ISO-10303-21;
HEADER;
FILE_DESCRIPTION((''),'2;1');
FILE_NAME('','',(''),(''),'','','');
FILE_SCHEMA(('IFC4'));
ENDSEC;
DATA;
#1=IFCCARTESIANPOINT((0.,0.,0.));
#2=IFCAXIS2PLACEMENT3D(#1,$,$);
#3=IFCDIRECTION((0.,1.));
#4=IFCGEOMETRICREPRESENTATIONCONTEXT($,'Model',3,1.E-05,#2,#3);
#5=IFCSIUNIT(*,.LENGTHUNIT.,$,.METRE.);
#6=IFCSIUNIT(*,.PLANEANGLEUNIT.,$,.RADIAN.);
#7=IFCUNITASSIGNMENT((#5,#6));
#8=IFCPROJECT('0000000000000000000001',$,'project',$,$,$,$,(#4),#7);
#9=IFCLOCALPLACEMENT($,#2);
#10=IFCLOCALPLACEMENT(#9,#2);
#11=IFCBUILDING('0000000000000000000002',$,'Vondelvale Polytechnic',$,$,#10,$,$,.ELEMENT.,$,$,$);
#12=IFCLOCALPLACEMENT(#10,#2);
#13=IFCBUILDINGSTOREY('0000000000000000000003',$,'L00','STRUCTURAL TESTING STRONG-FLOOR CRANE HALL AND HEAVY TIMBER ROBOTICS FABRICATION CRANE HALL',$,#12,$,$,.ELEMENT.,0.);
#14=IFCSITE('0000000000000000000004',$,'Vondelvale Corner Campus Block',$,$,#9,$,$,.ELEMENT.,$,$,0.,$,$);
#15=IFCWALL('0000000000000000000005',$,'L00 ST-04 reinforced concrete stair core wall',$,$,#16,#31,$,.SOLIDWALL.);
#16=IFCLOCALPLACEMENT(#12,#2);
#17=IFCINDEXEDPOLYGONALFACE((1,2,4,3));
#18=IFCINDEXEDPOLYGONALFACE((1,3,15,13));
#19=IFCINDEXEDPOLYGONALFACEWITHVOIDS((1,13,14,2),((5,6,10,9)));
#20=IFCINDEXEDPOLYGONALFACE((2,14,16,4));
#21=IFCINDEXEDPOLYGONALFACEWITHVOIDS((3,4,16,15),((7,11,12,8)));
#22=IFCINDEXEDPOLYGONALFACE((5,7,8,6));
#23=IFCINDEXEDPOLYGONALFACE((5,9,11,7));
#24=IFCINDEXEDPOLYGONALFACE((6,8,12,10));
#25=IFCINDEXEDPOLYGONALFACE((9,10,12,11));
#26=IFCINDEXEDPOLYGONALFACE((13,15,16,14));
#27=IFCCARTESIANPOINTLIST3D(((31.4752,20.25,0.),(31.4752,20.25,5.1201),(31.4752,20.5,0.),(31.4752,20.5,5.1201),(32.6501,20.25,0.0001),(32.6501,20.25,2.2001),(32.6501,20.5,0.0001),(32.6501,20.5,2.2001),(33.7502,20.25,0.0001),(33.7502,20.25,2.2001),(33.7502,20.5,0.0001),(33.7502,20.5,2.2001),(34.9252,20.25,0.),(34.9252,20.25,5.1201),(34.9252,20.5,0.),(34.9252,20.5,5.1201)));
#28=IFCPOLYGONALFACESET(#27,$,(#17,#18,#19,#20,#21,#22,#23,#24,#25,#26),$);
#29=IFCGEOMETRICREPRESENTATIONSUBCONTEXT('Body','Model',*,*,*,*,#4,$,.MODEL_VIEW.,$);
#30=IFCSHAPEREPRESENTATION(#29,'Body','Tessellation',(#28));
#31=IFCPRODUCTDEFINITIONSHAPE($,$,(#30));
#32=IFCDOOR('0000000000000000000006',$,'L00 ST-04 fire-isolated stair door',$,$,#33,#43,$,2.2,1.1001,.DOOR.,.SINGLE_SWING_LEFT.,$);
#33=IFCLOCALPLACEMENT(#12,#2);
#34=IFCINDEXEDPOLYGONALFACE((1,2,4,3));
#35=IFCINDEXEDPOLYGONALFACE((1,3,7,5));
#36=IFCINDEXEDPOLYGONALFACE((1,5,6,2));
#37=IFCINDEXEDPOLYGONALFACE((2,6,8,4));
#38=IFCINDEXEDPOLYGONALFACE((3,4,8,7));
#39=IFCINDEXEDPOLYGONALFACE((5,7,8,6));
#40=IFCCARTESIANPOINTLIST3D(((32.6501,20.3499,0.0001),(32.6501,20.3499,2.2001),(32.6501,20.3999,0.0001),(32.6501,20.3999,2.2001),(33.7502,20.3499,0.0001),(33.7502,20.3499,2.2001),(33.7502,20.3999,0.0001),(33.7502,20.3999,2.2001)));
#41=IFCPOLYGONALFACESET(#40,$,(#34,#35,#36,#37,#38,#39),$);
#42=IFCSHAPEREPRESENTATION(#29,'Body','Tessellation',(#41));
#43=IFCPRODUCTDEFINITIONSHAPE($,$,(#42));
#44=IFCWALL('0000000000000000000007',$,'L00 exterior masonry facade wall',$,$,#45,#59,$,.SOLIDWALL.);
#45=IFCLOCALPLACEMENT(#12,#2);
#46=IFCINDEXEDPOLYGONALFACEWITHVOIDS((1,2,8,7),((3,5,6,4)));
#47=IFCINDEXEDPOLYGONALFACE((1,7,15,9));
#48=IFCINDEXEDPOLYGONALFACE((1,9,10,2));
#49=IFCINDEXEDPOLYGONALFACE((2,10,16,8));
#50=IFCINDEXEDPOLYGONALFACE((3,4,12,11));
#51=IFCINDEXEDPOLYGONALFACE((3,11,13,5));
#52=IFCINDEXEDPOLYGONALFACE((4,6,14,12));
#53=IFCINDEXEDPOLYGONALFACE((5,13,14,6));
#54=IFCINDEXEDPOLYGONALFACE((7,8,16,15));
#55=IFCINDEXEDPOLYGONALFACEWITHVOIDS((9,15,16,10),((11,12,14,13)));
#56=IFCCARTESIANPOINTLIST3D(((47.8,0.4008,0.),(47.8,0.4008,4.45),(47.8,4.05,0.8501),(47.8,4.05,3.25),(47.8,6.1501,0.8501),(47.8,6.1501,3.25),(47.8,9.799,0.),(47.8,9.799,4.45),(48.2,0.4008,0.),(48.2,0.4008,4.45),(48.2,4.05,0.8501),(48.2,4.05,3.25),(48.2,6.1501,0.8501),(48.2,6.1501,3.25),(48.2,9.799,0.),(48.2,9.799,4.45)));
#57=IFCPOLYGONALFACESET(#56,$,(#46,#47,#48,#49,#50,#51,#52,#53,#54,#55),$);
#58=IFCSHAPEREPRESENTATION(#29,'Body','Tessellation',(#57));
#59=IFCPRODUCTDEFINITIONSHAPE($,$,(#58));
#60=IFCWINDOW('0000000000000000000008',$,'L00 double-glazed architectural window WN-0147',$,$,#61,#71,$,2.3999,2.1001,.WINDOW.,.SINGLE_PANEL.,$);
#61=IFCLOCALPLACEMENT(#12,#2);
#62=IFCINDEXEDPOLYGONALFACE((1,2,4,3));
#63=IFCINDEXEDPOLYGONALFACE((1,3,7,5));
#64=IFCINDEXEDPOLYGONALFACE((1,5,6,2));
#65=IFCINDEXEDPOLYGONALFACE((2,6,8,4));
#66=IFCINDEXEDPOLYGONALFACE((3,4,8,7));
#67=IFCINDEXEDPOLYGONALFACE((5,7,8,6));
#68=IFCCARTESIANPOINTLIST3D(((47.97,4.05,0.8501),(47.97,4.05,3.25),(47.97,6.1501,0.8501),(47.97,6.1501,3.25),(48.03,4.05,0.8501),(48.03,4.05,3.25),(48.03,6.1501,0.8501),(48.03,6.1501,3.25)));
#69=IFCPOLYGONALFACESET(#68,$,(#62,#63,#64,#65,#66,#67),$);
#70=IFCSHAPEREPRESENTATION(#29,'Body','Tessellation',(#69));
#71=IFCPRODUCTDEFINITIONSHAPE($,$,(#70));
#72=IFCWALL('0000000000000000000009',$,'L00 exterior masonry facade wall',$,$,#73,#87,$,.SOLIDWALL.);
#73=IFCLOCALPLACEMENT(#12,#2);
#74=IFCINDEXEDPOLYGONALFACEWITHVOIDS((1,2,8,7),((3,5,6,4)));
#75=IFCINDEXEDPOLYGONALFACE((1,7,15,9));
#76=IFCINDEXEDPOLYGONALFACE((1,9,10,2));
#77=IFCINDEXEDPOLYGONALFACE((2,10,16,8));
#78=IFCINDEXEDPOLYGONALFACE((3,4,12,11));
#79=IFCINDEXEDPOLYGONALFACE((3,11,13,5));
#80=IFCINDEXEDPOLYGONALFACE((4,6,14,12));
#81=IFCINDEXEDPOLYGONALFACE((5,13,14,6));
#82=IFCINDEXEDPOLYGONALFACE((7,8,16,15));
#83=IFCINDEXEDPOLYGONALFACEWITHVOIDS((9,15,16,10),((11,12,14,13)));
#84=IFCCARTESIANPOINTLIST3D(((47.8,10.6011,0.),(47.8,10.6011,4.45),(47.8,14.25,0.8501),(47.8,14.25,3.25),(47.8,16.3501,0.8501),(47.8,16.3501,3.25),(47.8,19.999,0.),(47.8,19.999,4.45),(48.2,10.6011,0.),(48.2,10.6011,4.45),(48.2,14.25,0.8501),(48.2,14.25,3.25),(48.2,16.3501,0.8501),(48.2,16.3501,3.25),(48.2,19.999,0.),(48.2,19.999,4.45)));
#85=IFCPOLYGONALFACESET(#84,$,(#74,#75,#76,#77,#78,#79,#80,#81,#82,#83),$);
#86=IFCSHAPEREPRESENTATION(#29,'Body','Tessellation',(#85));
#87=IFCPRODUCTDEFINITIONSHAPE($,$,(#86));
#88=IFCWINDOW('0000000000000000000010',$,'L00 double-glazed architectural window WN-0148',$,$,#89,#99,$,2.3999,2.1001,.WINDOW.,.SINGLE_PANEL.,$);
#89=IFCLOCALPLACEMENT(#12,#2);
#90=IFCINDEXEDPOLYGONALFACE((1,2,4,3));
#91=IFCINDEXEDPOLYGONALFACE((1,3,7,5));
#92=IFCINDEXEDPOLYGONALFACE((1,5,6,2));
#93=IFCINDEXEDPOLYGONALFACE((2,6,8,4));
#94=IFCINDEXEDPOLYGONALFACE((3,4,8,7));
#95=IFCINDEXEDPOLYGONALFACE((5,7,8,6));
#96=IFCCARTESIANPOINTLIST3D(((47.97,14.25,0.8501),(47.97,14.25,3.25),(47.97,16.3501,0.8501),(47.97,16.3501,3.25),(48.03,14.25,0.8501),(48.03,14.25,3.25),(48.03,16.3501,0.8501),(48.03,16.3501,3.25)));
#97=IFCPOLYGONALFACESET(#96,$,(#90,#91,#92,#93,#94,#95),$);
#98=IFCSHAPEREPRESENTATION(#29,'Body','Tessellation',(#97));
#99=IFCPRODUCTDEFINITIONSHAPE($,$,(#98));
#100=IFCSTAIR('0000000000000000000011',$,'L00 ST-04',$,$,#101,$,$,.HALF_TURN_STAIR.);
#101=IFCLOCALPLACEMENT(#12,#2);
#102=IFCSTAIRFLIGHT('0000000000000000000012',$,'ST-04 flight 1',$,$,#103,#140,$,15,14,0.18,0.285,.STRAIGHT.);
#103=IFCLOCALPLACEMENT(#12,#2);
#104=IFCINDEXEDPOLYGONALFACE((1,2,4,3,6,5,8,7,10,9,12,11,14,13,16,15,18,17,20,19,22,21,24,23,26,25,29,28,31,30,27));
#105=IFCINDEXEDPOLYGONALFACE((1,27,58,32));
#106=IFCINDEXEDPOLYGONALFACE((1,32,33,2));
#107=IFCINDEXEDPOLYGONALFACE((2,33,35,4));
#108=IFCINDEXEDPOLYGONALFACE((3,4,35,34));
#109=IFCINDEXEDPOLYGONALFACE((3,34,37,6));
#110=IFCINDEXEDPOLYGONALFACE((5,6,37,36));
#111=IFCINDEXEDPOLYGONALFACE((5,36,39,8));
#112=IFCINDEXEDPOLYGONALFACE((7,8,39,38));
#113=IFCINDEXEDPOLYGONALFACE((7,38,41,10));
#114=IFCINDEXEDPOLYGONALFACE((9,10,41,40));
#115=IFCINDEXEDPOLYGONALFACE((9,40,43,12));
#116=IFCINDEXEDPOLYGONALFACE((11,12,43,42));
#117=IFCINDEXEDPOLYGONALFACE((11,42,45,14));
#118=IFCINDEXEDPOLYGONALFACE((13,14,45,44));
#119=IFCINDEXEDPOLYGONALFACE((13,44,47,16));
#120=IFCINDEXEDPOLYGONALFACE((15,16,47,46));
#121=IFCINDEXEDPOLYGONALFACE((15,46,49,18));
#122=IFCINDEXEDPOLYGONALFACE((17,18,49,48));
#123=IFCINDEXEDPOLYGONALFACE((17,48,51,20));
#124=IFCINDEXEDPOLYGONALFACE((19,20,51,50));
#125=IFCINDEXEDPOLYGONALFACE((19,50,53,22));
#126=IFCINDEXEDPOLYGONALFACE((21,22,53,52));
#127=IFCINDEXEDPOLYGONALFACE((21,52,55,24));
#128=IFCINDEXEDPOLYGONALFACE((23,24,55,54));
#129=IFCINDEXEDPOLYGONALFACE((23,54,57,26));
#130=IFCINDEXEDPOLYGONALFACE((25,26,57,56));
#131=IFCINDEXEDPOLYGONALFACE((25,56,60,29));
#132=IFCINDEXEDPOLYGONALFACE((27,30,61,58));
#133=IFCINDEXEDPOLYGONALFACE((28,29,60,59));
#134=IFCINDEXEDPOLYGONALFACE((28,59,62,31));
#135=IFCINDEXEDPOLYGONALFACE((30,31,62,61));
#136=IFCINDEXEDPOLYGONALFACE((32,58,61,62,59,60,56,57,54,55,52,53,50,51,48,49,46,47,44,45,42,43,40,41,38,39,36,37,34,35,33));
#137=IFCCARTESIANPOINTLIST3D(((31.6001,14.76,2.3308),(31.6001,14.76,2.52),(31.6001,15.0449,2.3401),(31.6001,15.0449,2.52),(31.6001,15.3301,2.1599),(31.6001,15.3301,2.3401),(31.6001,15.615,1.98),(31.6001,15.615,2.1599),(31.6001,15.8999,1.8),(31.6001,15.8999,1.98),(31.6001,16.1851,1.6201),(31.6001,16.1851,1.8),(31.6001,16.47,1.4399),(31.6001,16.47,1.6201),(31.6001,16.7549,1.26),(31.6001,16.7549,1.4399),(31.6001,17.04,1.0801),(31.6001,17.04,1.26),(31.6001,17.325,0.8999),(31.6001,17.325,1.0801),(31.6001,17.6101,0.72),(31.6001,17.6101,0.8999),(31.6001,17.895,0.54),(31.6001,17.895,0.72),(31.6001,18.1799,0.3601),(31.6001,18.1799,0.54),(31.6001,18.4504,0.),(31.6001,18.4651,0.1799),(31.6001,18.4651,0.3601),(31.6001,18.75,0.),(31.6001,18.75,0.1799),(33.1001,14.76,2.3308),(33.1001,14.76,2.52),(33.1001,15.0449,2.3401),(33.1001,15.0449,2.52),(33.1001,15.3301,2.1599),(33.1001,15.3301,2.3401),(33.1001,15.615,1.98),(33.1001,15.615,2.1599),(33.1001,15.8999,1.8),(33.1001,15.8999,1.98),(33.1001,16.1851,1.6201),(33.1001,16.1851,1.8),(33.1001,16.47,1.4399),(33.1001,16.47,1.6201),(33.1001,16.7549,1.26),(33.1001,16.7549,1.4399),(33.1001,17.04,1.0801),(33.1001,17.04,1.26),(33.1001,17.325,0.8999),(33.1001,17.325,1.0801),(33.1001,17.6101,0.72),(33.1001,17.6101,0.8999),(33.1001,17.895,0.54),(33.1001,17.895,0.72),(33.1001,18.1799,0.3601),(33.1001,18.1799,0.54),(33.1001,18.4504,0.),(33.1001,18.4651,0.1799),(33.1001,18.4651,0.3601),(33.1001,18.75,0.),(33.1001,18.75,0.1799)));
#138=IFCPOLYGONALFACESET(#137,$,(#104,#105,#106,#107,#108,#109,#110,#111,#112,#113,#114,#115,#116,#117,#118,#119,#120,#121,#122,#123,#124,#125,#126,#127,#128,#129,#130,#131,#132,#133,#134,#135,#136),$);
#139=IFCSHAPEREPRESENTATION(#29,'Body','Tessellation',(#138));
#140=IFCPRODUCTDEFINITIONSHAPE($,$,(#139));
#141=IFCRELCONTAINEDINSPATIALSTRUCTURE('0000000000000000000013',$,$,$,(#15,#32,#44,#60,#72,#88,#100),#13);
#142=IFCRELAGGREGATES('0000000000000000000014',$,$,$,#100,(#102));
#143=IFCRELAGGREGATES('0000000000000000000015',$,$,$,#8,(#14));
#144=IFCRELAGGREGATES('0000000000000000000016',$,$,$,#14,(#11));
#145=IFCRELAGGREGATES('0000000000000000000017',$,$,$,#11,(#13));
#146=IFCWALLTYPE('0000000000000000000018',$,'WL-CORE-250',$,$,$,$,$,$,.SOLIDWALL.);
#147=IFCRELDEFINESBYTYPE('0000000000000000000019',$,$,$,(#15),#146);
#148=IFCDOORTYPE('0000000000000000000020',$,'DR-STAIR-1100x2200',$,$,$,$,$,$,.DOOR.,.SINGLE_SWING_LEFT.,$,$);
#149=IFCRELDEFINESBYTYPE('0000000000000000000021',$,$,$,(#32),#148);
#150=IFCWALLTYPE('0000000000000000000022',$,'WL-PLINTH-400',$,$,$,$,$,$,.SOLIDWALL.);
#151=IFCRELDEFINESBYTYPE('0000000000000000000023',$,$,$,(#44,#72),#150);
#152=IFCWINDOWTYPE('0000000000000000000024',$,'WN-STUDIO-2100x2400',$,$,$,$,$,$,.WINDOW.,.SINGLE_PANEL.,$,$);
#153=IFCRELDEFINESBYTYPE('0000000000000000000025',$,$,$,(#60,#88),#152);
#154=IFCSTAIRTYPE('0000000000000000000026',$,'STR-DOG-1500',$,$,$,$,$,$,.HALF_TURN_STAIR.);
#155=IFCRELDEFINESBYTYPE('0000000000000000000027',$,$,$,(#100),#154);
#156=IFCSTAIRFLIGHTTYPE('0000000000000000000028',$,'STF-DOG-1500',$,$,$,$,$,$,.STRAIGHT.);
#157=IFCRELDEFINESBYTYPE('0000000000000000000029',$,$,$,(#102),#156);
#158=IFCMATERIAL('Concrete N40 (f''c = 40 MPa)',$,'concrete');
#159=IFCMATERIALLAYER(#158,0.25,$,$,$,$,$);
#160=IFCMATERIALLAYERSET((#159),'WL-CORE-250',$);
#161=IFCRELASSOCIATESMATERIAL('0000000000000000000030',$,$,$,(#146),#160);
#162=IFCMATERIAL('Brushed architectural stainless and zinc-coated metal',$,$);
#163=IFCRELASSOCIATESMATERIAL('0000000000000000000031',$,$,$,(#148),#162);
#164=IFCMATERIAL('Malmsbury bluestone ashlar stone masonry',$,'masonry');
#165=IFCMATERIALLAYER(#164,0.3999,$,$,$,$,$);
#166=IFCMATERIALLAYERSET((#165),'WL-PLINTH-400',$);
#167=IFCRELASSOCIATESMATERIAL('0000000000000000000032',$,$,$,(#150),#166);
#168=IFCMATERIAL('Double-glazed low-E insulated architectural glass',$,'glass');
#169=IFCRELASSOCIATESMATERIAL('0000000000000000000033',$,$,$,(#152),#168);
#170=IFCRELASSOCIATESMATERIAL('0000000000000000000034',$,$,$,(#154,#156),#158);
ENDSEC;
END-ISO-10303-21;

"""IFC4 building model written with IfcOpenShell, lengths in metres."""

from ifc_helpers import new_model, si_unit, direction, frame, frame_2d, origin, place, context, subcontext, project, spatial, polyline, rectangle, outline, extrude, material, layer, layer_set, type_object, element, fill, aggregate, save


model = new_model("IFC4")

# Units and contexts
model_context = context("Model", 3, precision=1e-05, world=origin(), true_north=direction((0.0, 1.0)))
body_context = subcontext(model_context, "Body", "Model", "MODEL_VIEW")
ifc_project = project(units=[si_unit("LENGTHUNIT", "METRE"), si_unit("PLANEANGLEUNIT", "RADIAN")], contexts=[model_context])

# Site, building, storey
site_placement = place(None, origin())
site = spatial("IfcSite", under=ifc_project, at=site_placement, Name="Vondelvale Corner Campus Block", CompositionType="ELEMENT", RefElevation=0.0)
building_placement = place(site_placement, origin())
building = spatial("IfcBuilding", under=site, at=building_placement, Name="Vondelvale Polytechnic", CompositionType="ELEMENT")
storey_placement = place(building_placement, origin())
storey = spatial("IfcBuildingStorey", under=building, at=storey_placement, Name="L00", Description="STRUCTURAL TESTING STRONG-FLOOR CRANE HALL AND HEAVY TIMBER ROBOTICS FABRICATION CRANE HALL", CompositionType="ELEMENT", Elevation=0.0)

# Shared definitions
ifc_material_1 = material(Name="Concrete N40 (f'c = 40 MPa)", Category="concrete")

# Shared definitions
ifc_layer_1 = layer(ifc_material_1, 0.25)
ifc_layer_set_1 = layer_set([ifc_layer_1], Name="WL-CORE-250")
wall_type_1 = type_object("IfcWallType", Name="WL-CORE-250", PredefinedType="SOLIDWALL", material=ifc_layer_set_1)

# Wall, opening, door
wall_1_placement = place(storey_placement, frame((31.4751, 20.375, 0.0), z_axis=(0.0, 0.0, 1.0), x_axis=(1.0, 0.0, 0.0)))
wall_1 = element("IfcWall", 1, at=wall_1_placement, inside=storey, type_object=wall_type_1, Name="L00 ST-04 reinforced concrete stair core wall", PredefinedType="SOLIDWALL", context=body_context, shape_type="SweptSolid", body=[
    extrude(rectangle(XDim=3.45, YDim=0.25, at=frame_2d((1.7251, 0.0))), origin(), (0.0, 0.0, 1.0), 5.1201),
])
opening_1_placement = place(wall_1_placement, frame((1.175, 0.0, 0.0)))
opening_1 = element("IfcOpeningElement", 2, at=opening_1_placement, cuts=wall_1, PredefinedType="OPENING", context=body_context, shape_type="SweptSolid", body=[
    extrude(rectangle(XDim=1.1001, YDim=2.2, at=frame_2d((0.55, 1.1001))), frame((0.0, 0.135, 0.0), z_axis=(0.0, -1.0, 0.0), x_axis=(1.0, 0.0, 0.0)), (0.0, 0.0, 1.0), 0.27),
])
ifc_material_2 = material(Name="Brushed architectural stainless and zinc-coated metal")
door_type = type_object("IfcDoorType", Name="DR-STAIR-1100x2200", OperationType="SINGLE_SWING_LEFT", PredefinedType="DOOR", material=ifc_material_2)
door_placement = place(opening_1_placement, origin())
door = element("IfcDoor", 3, at=door_placement, inside=storey, type_object=door_type, Name="L00 ST-04 fire-isolated stair door", OperationType="SINGLE_SWING_LEFT", OverallHeight=2.2, OverallWidth=1.1001, PredefinedType="DOOR", context=body_context, shape_type="SweptSolid", body=[
    extrude(rectangle(XDim=1.1001, YDim=2.2, at=frame_2d((0.55, 1.1001))), frame((0.0, 0.0249, 0.0), z_axis=(0.0, -1.0, 0.0), x_axis=(1.0, 0.0, 0.0)), (0.0, 0.0, 1.0), 0.05),
])
fill(opening_1, door)

# Walls, openings, windows
ifc_material_3 = material(Name="Malmsbury bluestone ashlar stone masonry", Category="masonry")
ifc_layer_2 = layer(ifc_material_3, 0.3999)
ifc_layer_set_2 = layer_set([ifc_layer_2], Name="WL-PLINTH-400")
wall_type_2 = type_object("IfcWallType", Name="WL-PLINTH-400", PredefinedType="SOLIDWALL", material=ifc_layer_set_2)
wall_2_placement = place(storey_placement, frame((48.0, 9.7991, 0.0), z_axis=(0.0, 0.0, 1.0), x_axis=(0.0, -1.0, 0.0)))
wall_2 = element("IfcWall", 4, at=wall_2_placement, inside=storey, type_object=wall_type_2, Name="L00 exterior masonry facade wall", PredefinedType="SOLIDWALL", context=body_context, shape_type="SweptSolid", body=[
    extrude(rectangle(XDim=9.3982, YDim=0.3999, at=frame_2d((4.6992, 0.0))), origin(), (0.0, 0.0, 1.0), 4.45),
])
opening_2_placement = place(wall_2_placement, frame((3.6489, 0.0, 0.8501)))
opening_2 = element("IfcOpeningElement", 5, at=opening_2_placement, cuts=wall_2, PredefinedType="OPENING", context=body_context, shape_type="SweptSolid", body=[
    extrude(rectangle(XDim=2.1001, YDim=2.3999, at=frame_2d((1.05, 1.2))), frame((0.0, 0.21, 0.0), z_axis=(0.0, -1.0, 0.0), x_axis=(1.0, 0.0, 0.0)), (0.0, 0.0, 1.0), 0.4199),
])
ifc_material_4 = material(Name="Double-glazed low-E insulated architectural glass", Category="glass")
window_type = type_object("IfcWindowType", Name="WN-STUDIO-2100x2400", PartitioningType="SINGLE_PANEL", PredefinedType="WINDOW", material=ifc_material_4)
window_1_placement = place(opening_2_placement, origin())
window_1 = element("IfcWindow", 6, at=window_1_placement, inside=storey, type_object=window_type, Name="L00 double-glazed architectural window WN-0147", OverallHeight=2.3999, OverallWidth=2.1001, PartitioningType="SINGLE_PANEL", PredefinedType="WINDOW", context=body_context, shape_type="SweptSolid", body=[
    extrude(rectangle(XDim=2.1001, YDim=2.3999, at=frame_2d((1.05, 1.2))), frame((0.0, 0.03, 0.0), z_axis=(0.0, -1.0, 0.0), x_axis=(1.0, 0.0, 0.0)), (0.0, 0.0, 1.0), 0.0601),
])
fill(opening_2, window_1)
wall_3_placement = place(storey_placement, frame((48.0, 19.999, 0.0), z_axis=(0.0, 0.0, 1.0), x_axis=(0.0, -1.0, 0.0)))
wall_3 = element("IfcWall", 7, at=wall_3_placement, inside=storey, type_object=wall_type_2, Name="L00 exterior masonry facade wall", PredefinedType="SOLIDWALL", context=body_context, shape_type="SweptSolid", body=[
    extrude(rectangle(XDim=9.3979, YDim=0.3999, at=frame_2d((4.699, 0.0))), origin(), (0.0, 0.0, 1.0), 4.45),
])
opening_3_placement = place(wall_3_placement, frame((3.6489, 0.0, 0.8501)))
opening_3 = element("IfcOpeningElement", 8, at=opening_3_placement, cuts=wall_3, PredefinedType="OPENING", context=body_context, shape_type="SweptSolid", body=[
    extrude(rectangle(XDim=2.1001, YDim=2.3999, at=frame_2d((1.05, 1.2))), frame((0.0, 0.21, 0.0), z_axis=(0.0, -1.0, 0.0), x_axis=(1.0, 0.0, 0.0)), (0.0, 0.0, 1.0), 0.4199),
])
window_2_placement = place(opening_3_placement, origin())
window_2 = element("IfcWindow", 9, at=window_2_placement, inside=storey, type_object=window_type, Name="L00 double-glazed architectural window WN-0148", OverallHeight=2.3999, OverallWidth=2.1001, PartitioningType="SINGLE_PANEL", PredefinedType="WINDOW", context=body_context, shape_type="SweptSolid", body=[
    extrude(rectangle(XDim=2.1001, YDim=2.3999, at=frame_2d((1.05, 1.2))), frame((0.0, 0.03, 0.0), z_axis=(0.0, -1.0, 0.0), x_axis=(1.0, 0.0, 0.0)), (0.0, 0.0, 1.0), 0.0601),
])
fill(opening_3, window_2)

# Stair, stair flight
stair_type = type_object("IfcStairType", Name="STR-DOG-1500", PredefinedType="HALF_TURN_STAIR", material=ifc_material_1)
stair_placement = place(storey_placement, origin())
stair = element("IfcStair", 10, at=stair_placement, inside=storey, type_object=stair_type, Name="L00 ST-04", PredefinedType="HALF_TURN_STAIR")
stair_flight_type = type_object("IfcStairFlightType", Name="STF-DOG-1500", PredefinedType="STRAIGHT", material=ifc_material_1)
stair_flight_1_placement = place(storey_placement, frame((32.3501, 18.75, 0.0), z_axis=(0.0, 0.0, 1.0), x_axis=(0.0, -1.0, 0.0)))
stair_flight_1 = element("IfcStairFlight", 11, at=stair_flight_1_placement, type_object=stair_flight_type, Name="ST-04 flight 1", NumberOfRisers=15, NumberOfTreads=14, PredefinedType="STRAIGHT", RiserHeight=0.18, TreadLength=0.285, context=body_context, shape_type="SweptSolid", body=[
    extrude(outline(polyline([(0.0, 0.0), (0.0, 0.1799), (0.2849, 0.1799), (0.2849, 0.3601), (0.5701, 0.3601), (0.5701, 0.54), (0.855, 0.54), (0.855, 0.72), (1.1399, 0.72), (1.1399, 0.8999), (1.425, 0.8999), (1.425, 1.0801), (1.71, 1.0801), (1.71, 1.26), (1.9951, 1.26), (1.9951, 1.4399), (2.28, 1.4399), (2.28, 1.6201), (2.5649, 1.6201), (2.5649, 1.8), (2.8501, 1.8), (2.8501, 1.98), (3.135, 1.98), (3.135, 2.1599), (3.4199, 2.1599), (3.4199, 2.3401), (3.7051, 2.3401), (3.7051, 2.52), (3.99, 2.52), (3.99, 2.7), (3.99, 2.3308), (0.2996, 0.0), (0.0, 0.0)])), frame((0.0, 0.75, 0.0), z_axis=(0.0, -1.0, 0.0), x_axis=(1.0, 0.0, 0.0)), (0.0, 0.0, 1.0), 1.5),
])
aggregate(stair, [stair_flight_1])

save(model, "model.ifc")
